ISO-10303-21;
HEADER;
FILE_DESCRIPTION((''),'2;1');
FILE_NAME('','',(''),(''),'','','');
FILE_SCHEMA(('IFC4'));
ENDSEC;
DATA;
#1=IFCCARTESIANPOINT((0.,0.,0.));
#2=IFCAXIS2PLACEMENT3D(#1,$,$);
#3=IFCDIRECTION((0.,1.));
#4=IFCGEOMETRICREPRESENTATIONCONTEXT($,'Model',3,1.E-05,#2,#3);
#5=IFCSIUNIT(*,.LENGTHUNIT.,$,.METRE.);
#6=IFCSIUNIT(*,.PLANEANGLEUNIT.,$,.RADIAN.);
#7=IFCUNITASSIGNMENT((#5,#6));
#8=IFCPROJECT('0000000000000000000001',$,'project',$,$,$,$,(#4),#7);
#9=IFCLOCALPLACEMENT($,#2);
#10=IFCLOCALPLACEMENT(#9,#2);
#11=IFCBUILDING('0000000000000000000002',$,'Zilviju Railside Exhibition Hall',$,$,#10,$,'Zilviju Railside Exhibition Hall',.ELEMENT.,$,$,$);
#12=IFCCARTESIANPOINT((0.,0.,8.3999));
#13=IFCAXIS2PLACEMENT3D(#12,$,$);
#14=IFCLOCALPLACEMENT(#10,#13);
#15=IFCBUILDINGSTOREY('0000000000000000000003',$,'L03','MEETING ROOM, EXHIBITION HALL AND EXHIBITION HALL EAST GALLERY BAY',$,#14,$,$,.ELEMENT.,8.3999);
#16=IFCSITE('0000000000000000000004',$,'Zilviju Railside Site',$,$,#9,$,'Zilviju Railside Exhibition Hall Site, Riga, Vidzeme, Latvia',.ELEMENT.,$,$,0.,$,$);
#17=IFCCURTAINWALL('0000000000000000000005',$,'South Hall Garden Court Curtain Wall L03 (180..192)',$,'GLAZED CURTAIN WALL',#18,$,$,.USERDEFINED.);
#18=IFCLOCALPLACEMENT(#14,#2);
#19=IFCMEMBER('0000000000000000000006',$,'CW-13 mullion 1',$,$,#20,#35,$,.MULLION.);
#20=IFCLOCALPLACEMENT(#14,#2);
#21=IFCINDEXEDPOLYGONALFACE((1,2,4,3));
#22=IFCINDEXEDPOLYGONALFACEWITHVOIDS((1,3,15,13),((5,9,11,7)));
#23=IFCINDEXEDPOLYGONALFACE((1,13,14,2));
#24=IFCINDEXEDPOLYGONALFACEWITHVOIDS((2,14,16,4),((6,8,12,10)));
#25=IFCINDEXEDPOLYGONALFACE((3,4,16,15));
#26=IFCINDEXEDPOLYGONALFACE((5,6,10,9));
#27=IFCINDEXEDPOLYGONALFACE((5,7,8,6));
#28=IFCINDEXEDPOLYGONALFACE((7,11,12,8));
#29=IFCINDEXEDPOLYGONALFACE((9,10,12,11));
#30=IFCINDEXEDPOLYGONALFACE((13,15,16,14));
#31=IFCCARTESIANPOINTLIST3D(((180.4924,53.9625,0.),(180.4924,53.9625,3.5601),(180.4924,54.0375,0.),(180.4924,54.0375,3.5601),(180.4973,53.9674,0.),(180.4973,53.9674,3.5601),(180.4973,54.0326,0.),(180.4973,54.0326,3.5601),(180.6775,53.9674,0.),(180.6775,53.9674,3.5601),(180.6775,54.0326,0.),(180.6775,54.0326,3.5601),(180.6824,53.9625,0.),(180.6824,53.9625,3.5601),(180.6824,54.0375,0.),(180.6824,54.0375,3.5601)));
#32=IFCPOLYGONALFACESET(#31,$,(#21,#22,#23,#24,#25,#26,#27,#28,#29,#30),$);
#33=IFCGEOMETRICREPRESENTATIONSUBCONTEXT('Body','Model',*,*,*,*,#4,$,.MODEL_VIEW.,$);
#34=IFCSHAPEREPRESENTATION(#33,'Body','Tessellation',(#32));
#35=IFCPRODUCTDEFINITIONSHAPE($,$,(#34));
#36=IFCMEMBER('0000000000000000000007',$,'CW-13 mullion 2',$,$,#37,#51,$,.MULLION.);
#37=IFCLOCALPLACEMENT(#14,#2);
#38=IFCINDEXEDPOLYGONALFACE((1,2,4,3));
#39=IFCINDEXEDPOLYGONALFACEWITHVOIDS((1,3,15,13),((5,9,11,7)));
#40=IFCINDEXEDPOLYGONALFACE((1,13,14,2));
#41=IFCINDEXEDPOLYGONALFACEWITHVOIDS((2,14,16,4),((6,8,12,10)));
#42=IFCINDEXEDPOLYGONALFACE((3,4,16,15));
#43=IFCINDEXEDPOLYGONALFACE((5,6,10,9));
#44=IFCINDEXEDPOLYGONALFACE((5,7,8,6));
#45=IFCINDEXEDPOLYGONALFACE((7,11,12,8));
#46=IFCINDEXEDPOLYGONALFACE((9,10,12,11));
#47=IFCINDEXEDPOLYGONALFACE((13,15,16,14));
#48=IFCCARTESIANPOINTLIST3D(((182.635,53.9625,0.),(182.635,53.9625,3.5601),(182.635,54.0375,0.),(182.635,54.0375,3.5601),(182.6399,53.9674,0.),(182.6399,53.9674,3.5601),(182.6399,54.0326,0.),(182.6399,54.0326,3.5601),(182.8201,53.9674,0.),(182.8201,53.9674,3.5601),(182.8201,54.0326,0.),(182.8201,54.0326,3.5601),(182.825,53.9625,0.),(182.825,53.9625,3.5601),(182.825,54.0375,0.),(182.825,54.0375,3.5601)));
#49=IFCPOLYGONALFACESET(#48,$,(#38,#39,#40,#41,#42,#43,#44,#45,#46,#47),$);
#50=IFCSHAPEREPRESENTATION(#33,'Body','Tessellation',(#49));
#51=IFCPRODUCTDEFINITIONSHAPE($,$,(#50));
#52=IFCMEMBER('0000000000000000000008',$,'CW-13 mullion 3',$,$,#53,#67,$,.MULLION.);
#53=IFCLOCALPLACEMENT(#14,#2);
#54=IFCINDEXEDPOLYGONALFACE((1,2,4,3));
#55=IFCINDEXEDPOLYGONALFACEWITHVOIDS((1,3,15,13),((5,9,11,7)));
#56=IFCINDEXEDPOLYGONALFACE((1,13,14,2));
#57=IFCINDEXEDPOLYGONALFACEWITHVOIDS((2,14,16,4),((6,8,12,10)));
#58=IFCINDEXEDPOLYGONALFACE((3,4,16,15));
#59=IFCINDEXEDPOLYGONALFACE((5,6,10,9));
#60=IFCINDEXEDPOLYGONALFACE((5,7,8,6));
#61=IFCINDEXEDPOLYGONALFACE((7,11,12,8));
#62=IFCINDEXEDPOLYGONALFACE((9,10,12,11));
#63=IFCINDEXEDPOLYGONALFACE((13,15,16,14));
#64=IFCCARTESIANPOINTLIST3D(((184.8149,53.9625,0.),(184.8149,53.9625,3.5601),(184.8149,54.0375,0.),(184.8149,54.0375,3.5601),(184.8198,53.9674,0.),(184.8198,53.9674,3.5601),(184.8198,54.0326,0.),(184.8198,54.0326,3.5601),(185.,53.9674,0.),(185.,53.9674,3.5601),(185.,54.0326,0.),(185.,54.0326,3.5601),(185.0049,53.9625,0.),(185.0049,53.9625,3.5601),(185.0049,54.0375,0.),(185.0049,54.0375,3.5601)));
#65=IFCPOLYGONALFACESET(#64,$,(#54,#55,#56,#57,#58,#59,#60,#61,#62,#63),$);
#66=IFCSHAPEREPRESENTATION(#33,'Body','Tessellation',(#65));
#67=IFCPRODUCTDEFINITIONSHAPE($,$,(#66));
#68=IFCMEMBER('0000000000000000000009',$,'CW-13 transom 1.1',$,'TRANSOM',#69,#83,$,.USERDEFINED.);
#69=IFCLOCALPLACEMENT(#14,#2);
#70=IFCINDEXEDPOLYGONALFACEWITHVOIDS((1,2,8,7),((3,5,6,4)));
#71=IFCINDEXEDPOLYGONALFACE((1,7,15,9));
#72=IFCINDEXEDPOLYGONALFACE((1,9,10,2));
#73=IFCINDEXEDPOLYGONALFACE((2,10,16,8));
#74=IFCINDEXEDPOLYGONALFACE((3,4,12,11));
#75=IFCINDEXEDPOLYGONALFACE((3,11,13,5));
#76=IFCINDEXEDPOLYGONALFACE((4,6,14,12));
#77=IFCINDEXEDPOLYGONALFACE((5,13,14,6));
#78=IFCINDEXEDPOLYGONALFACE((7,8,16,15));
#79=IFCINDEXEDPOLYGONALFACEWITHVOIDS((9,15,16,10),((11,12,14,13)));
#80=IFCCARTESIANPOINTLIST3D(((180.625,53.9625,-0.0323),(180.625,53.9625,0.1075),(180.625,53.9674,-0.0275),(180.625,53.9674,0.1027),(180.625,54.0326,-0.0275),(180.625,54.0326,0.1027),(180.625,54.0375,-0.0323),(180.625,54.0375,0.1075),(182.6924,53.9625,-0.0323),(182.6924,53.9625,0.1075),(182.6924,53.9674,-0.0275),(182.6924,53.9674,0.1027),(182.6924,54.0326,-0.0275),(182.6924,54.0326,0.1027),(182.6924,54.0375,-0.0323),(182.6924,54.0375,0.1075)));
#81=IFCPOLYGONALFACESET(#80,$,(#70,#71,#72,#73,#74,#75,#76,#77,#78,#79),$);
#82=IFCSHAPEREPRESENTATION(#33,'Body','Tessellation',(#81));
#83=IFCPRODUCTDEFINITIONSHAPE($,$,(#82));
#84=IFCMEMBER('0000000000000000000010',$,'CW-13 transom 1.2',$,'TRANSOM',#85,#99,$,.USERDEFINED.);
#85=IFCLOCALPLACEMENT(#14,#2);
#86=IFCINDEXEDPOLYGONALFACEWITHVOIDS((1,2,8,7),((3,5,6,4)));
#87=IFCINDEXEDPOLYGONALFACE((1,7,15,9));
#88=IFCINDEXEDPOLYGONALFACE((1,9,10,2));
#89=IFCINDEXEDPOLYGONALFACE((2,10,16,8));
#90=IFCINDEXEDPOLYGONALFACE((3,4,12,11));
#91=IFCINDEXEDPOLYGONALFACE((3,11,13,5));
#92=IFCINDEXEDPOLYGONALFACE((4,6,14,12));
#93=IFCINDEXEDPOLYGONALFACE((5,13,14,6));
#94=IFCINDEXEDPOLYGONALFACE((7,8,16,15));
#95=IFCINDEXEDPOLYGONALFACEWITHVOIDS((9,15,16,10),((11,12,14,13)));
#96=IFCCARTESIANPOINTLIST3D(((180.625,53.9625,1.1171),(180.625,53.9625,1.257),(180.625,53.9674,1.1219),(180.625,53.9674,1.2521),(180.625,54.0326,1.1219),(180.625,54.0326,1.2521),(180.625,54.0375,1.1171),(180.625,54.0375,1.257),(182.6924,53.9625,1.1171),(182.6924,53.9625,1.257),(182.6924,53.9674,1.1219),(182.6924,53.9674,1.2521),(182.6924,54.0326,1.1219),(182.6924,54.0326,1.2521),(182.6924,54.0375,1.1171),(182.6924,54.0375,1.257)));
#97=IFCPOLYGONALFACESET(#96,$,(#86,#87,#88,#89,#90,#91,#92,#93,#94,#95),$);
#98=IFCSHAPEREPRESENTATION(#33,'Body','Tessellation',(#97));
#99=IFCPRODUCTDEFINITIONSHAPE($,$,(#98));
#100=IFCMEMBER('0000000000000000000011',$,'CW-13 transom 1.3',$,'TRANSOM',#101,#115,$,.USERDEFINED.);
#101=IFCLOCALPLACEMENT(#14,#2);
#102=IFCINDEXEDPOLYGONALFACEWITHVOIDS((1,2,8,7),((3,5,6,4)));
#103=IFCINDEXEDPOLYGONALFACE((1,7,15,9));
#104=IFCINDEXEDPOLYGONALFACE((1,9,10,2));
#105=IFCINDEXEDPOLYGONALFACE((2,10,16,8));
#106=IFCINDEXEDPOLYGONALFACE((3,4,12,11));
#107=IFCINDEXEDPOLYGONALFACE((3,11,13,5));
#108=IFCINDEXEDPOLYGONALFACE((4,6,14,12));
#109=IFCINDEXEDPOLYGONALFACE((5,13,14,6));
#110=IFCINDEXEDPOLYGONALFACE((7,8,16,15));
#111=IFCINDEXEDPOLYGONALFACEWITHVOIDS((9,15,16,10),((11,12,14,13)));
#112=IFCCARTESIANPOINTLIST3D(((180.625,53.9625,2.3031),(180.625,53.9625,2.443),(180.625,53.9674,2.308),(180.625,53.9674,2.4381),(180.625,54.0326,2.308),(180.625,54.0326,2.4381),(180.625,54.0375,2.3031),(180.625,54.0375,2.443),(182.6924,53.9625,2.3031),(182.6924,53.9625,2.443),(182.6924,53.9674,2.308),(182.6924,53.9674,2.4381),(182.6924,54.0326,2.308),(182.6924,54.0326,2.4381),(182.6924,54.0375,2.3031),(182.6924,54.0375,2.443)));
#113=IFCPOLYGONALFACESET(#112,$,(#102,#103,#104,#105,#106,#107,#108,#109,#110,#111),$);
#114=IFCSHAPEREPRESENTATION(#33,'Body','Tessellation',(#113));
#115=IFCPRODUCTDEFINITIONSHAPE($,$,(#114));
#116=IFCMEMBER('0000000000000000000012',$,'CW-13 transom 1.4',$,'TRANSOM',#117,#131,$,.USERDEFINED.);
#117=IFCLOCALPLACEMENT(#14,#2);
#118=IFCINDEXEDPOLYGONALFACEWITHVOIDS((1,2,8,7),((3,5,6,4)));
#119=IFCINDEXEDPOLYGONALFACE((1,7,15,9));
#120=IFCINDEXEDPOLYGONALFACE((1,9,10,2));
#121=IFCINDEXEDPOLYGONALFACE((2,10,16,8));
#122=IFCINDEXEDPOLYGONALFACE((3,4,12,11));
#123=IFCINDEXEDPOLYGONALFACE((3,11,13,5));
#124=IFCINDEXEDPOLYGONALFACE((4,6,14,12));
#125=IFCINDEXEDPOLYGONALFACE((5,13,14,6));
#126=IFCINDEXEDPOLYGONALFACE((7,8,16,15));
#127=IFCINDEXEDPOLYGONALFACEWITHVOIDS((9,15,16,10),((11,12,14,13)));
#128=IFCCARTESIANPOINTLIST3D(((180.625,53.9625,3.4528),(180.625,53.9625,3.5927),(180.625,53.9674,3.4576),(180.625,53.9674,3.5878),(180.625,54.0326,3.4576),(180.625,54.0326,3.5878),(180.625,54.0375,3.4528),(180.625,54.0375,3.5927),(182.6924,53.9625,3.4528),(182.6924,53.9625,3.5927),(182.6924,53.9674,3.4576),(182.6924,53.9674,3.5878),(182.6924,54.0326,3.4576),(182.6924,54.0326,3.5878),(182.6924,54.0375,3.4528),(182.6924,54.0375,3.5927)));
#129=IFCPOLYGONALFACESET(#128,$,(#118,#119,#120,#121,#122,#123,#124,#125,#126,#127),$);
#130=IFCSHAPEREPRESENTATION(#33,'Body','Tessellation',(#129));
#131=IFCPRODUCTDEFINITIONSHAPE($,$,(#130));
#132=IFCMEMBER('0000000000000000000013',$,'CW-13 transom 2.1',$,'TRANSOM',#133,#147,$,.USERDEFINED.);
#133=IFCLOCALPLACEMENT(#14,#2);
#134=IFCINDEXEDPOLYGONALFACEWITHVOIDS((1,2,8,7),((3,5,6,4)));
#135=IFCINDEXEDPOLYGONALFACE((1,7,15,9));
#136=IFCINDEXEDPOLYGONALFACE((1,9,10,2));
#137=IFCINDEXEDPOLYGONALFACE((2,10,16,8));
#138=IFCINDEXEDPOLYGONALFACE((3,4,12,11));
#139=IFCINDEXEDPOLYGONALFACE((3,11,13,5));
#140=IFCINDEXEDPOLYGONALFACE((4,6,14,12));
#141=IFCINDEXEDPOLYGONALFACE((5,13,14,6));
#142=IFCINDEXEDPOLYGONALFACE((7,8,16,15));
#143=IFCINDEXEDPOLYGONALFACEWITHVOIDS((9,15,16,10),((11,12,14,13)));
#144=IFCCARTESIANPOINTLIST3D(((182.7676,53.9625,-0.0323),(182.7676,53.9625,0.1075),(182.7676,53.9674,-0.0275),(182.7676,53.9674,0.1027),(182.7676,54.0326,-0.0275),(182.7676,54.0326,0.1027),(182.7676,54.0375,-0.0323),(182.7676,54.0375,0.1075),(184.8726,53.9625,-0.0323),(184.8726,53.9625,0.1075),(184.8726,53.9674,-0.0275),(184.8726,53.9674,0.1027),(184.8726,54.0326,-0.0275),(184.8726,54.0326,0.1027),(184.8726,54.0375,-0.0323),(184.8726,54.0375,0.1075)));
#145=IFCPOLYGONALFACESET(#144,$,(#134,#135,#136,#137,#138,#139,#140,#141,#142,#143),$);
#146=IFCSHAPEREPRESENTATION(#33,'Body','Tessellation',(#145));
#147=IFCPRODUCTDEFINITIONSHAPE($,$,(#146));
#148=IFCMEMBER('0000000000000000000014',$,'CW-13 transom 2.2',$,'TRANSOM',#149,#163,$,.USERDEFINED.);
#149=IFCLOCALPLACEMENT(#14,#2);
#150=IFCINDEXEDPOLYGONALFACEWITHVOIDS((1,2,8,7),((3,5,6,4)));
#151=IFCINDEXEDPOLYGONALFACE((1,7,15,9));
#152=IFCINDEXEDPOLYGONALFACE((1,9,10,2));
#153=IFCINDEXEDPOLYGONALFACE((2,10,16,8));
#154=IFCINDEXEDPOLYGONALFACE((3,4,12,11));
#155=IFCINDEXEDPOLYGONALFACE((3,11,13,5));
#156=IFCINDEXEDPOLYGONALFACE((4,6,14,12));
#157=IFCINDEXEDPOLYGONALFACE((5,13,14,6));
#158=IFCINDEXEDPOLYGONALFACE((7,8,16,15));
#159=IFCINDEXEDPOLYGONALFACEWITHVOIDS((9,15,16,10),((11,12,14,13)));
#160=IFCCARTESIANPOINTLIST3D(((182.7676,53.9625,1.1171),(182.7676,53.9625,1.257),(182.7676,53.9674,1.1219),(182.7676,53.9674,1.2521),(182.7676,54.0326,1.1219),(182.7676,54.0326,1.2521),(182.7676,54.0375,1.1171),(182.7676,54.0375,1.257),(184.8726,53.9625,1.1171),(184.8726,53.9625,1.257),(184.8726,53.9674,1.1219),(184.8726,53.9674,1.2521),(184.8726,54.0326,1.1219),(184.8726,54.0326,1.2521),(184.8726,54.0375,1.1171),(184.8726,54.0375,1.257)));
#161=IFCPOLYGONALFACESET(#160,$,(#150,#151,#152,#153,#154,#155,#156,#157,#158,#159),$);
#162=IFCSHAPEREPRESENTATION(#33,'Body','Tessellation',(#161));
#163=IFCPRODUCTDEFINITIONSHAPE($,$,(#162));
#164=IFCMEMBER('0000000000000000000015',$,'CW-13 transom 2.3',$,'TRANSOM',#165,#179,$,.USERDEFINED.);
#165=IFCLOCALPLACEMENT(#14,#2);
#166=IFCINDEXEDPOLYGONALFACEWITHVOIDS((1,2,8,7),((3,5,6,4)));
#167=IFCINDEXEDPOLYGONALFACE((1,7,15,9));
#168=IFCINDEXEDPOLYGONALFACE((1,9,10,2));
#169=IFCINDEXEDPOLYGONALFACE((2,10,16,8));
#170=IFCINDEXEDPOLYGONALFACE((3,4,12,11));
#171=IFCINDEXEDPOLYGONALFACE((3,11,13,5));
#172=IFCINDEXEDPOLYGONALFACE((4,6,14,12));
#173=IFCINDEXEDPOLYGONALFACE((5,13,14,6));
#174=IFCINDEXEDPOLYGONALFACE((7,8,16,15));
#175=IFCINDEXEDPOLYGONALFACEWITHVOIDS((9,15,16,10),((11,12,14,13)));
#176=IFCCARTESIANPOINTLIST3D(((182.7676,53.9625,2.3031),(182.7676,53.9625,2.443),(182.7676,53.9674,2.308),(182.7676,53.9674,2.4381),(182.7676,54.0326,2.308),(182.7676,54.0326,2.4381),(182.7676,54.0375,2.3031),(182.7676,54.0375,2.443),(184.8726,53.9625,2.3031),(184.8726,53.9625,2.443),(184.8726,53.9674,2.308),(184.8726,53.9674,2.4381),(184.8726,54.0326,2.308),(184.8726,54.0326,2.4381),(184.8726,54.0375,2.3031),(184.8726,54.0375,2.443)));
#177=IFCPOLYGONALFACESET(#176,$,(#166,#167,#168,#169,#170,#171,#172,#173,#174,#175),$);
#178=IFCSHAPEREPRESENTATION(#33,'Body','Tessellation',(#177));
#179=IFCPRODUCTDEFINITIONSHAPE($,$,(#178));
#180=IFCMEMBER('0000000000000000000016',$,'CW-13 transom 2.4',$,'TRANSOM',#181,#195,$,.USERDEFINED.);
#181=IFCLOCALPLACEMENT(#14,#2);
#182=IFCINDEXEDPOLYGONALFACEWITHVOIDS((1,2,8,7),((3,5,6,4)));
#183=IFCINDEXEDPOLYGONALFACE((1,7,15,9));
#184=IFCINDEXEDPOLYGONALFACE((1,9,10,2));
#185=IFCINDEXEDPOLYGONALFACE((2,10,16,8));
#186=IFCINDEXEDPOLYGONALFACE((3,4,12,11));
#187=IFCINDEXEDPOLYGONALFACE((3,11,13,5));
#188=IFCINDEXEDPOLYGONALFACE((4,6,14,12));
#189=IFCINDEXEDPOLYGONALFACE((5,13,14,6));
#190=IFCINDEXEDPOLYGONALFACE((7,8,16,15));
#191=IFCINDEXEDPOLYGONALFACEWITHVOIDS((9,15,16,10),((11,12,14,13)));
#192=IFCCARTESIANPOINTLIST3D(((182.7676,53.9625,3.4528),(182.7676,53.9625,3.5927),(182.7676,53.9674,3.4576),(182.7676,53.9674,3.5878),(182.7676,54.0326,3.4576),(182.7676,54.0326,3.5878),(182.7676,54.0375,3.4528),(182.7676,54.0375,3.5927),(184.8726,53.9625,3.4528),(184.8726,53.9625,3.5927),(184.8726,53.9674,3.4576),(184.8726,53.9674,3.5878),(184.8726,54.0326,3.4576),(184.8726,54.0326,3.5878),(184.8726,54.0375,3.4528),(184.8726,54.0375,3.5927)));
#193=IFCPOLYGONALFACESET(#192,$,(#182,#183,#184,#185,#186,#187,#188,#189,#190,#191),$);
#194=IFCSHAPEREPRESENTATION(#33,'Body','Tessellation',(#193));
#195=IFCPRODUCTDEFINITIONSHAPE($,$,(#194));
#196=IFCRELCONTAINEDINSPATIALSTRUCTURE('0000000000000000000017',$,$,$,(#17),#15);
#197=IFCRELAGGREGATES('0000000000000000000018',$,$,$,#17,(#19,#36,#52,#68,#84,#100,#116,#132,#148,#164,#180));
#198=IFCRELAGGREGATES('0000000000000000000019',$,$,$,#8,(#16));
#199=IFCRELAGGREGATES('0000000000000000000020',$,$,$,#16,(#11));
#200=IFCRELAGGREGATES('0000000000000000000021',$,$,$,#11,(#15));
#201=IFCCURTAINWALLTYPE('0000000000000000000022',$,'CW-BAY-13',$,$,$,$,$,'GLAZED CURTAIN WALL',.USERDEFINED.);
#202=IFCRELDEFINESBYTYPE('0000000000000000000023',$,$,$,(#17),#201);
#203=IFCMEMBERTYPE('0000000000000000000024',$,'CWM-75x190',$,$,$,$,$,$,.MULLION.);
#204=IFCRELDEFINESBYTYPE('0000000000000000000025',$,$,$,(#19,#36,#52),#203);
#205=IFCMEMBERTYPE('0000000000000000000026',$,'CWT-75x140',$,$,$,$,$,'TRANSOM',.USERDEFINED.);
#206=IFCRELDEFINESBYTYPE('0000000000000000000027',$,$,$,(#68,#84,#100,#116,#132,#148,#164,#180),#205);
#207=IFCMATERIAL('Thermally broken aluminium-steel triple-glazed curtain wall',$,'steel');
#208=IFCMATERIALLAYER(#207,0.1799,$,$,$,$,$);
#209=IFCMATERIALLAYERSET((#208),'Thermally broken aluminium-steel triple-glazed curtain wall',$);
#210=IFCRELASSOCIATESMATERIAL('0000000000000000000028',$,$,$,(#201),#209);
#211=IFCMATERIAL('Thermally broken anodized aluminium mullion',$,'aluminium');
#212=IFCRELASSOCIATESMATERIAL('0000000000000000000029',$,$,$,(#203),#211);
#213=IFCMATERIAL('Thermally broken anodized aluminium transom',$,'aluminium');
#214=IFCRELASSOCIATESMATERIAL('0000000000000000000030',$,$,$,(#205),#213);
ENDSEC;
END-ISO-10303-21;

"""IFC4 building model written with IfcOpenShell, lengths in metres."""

from ifc_helpers import new_model, si_unit, direction, frame, origin, origin_2d, place, context, subcontext, project, spatial, hollow_rectangle, extrude, material, layer, layer_set, material_profile, profile_set, type_object, element, aggregate, save


model = new_model("IFC4")

# Units and contexts
model_context = context("Model", 3, precision=1e-05, world=origin(), true_north=direction((0.0, 1.0)))
body_context = subcontext(model_context, "Body", "Model", "MODEL_VIEW")
ifc_project = project(units=[si_unit("LENGTHUNIT", "METRE"), si_unit("PLANEANGLEUNIT", "RADIAN")], contexts=[model_context])

# Site, building, storey
site_placement = place(None, origin())
site = spatial("IfcSite", under=ifc_project, at=site_placement, Name="Zilviju Railside Site", LongName="Zilviju Railside Exhibition Hall Site, Riga, Vidzeme, Latvia", CompositionType="ELEMENT", RefElevation=0.0)
building_placement = place(site_placement, origin())
building = spatial("IfcBuilding", under=site, at=building_placement, Name="Zilviju Railside Exhibition Hall", LongName="Zilviju Railside Exhibition Hall", CompositionType="ELEMENT")
storey_placement = place(building_placement, frame((0.0, 0.0, 8.3999)))
storey = spatial("IfcBuildingStorey", under=building, at=storey_placement, Name="L03", Description="MEETING ROOM, EXHIBITION HALL AND EXHIBITION HALL EAST GALLERY BAY", CompositionType="ELEMENT", Elevation=8.3999)

# Curtain wall, members
ifc_material_1 = material(Name="Thermally broken aluminium-steel triple-glazed curtain wall", Category="steel")
ifc_layer_1 = layer(ifc_material_1, 0.1799)
ifc_layer_set_1 = layer_set([ifc_layer_1], Name="Thermally broken aluminium-steel triple-glazed curtain wall")
curtain_wall_type = type_object("IfcCurtainWallType", Name="CW-BAY-13", ElementType="GLAZED CURTAIN WALL", PredefinedType="USERDEFINED", material=ifc_layer_set_1)
curtain_wall_placement = place(storey_placement, origin())
curtain_wall = element("IfcCurtainWall", 1, at=curtain_wall_placement, inside=storey, type_object=curtain_wall_type, Name="South Hall Garden Court Curtain Wall L03 (180..192)", ObjectType="GLAZED CURTAIN WALL", PredefinedType="USERDEFINED")
ifc_material_2 = material(Name="Thermally broken anodized aluminium mullion", Category="aluminium")
ifc_material_profile_1 = material_profile(ifc_material_2, hollow_rectangle(XDim=0.075, YDim=0.1899, WallThickness=0.0049, at=origin_2d()), Name="MULLION 190x75x5")
ifc_profile_set_1 = profile_set([ifc_material_profile_1], Name="Thermally broken anodized aluminium mullion")
member_type_1 = type_object("IfcMemberType", Name="CWM-75x190", PredefinedType="MULLION", material=ifc_profile_set_1)
member_1_placement = place(storey_placement, frame((180.5874, 54.0, 0.0), z_axis=(0.0, 0.0, 1.0), x_axis=(0.0, 1.0, 0.0)))
member_1 = element("IfcMember", 2, at=member_1_placement, type_object=member_type_1, Name="CW-13 mullion 1", PredefinedType="MULLION", context=body_context, shape_type="SweptSolid", body=[
    extrude(hollow_rectangle(XDim=0.075, YDim=0.1899, WallThickness=0.0049, at=origin_2d()), origin(), (0.0, 0.0, 1.0), 3.5601),
])
member_2_placement = place(storey_placement, frame((182.73, 54.0, 0.0), z_axis=(0.0, 0.0, 1.0), x_axis=(0.0, 1.0, 0.0)))
member_2 = element("IfcMember", 3, at=member_2_placement, type_object=member_type_1, Name="CW-13 mullion 2", PredefinedType="MULLION", context=body_context, shape_type="SweptSolid", body=[
    extrude(hollow_rectangle(XDim=0.075, YDim=0.1899, WallThickness=0.0049, at=origin_2d()), origin(), (0.0, 0.0, 1.0), 3.5601),
])
member_3_placement = place(storey_placement, frame((184.9099, 54.0, 0.0), z_axis=(0.0, 0.0, 1.0), x_axis=(0.0, 1.0, 0.0)))
member_3 = element("IfcMember", 4, at=member_3_placement, type_object=member_type_1, Name="CW-13 mullion 3", PredefinedType="MULLION", context=body_context, shape_type="SweptSolid", body=[
    extrude(hollow_rectangle(XDim=0.075, YDim=0.1899, WallThickness=0.0049, at=origin_2d()), origin(), (0.0, 0.0, 1.0), 3.5601),
])
ifc_material_3 = material(Name="Thermally broken anodized aluminium transom", Category="aluminium")
ifc_material_profile_2 = material_profile(ifc_material_3, hollow_rectangle(XDim=0.075, YDim=0.1399, WallThickness=0.0049, at=origin_2d()), Name="TRANSOM 140x75x5")
ifc_profile_set_2 = profile_set([ifc_material_profile_2], Name="Thermally broken anodized aluminium transom")
member_type_2 = type_object("IfcMemberType", Name="CWT-75x140", ElementType="TRANSOM", PredefinedType="USERDEFINED", material=ifc_profile_set_2)
member_4_placement = place(storey_placement, frame((180.625, 54.0, 0.0376), z_axis=(1.0, 0.0, 0.0), x_axis=(0.0, 1.0, 0.0)))
member_4 = element("IfcMember", 5, at=member_4_placement, type_object=member_type_2, Name="CW-13 transom 1.1", ObjectType="TRANSOM", PredefinedType="USERDEFINED", context=body_context, shape_type="SweptSolid", body=[
    extrude(hollow_rectangle(XDim=0.075, YDim=0.1399, WallThickness=0.0049, at=origin_2d()), origin(), (0.0, 0.0, 1.0), 2.0674),
])
member_5_placement = place(storey_placement, frame((180.625, 54.0, 1.187), z_axis=(1.0, 0.0, 0.0), x_axis=(0.0, 1.0, 0.0)))
member_5 = element("IfcMember", 6, at=member_5_placement, type_object=member_type_2, Name="CW-13 transom 1.2", ObjectType="TRANSOM", PredefinedType="USERDEFINED", context=body_context, shape_type="SweptSolid", body=[
    extrude(hollow_rectangle(XDim=0.075, YDim=0.1399, WallThickness=0.0049, at=origin_2d()), origin(), (0.0, 0.0, 1.0), 2.0674),
])
member_6_placement = place(storey_placement, frame((180.625, 54.0, 2.373), z_axis=(1.0, 0.0, 0.0), x_axis=(0.0, 1.0, 0.0)))
member_6 = element("IfcMember", 7, at=member_6_placement, type_object=member_type_2, Name="CW-13 transom 1.3", ObjectType="TRANSOM", PredefinedType="USERDEFINED", context=body_context, shape_type="SweptSolid", body=[
    extrude(hollow_rectangle(XDim=0.075, YDim=0.1399, WallThickness=0.0049, at=origin_2d()), origin(), (0.0, 0.0, 1.0), 2.0674),
])
member_7_placement = place(storey_placement, frame((180.625, 54.0, 3.5227), z_axis=(1.0, 0.0, 0.0), x_axis=(0.0, 1.0, 0.0)))
member_7 = element("IfcMember", 8, at=member_7_placement, type_object=member_type_2, Name="CW-13 transom 1.4", ObjectType="TRANSOM", PredefinedType="USERDEFINED", context=body_context, shape_type="SweptSolid", body=[
    extrude(hollow_rectangle(XDim=0.075, YDim=0.1399, WallThickness=0.0049, at=origin_2d()), origin(), (0.0, 0.0, 1.0), 2.0674),
])
member_8_placement = place(storey_placement, frame((182.7676, 54.0, 0.0376), z_axis=(1.0, 0.0, 0.0), x_axis=(0.0, 1.0, 0.0)))
member_8 = element("IfcMember", 9, at=member_8_placement, type_object=member_type_2, Name="CW-13 transom 2.1", ObjectType="TRANSOM", PredefinedType="USERDEFINED", context=body_context, shape_type="SweptSolid", body=[
    extrude(hollow_rectangle(XDim=0.075, YDim=0.1399, WallThickness=0.0049, at=origin_2d()), origin(), (0.0, 0.0, 1.0), 2.105),
])
member_9_placement = place(storey_placement, frame((182.7676, 54.0, 1.187), z_axis=(1.0, 0.0, 0.0), x_axis=(0.0, 1.0, 0.0)))
member_9 = element("IfcMember", 10, at=member_9_placement, type_object=member_type_2, Name="CW-13 transom 2.2", ObjectType="TRANSOM", PredefinedType="USERDEFINED", context=body_context, shape_type="SweptSolid", body=[
    extrude(hollow_rectangle(XDim=0.075, YDim=0.1399, WallThickness=0.0049, at=origin_2d()), origin(), (0.0, 0.0, 1.0), 2.105),
])
member_10_placement = place(storey_placement, frame((182.7676, 54.0, 2.373), z_axis=(1.0, 0.0, 0.0), x_axis=(0.0, 1.0, 0.0)))
member_10 = element("IfcMember", 11, at=member_10_placement, type_object=member_type_2, Name="CW-13 transom 2.3", ObjectType="TRANSOM", PredefinedType="USERDEFINED", context=body_context, shape_type="SweptSolid", body=[
    extrude(hollow_rectangle(XDim=0.075, YDim=0.1399, WallThickness=0.0049, at=origin_2d()), origin(), (0.0, 0.0, 1.0), 2.105),
])
member_11_placement = place(storey_placement, frame((182.7676, 54.0, 3.5227), z_axis=(1.0, 0.0, 0.0), x_axis=(0.0, 1.0, 0.0)))
member_11 = element("IfcMember", 12, at=member_11_placement, type_object=member_type_2, Name="CW-13 transom 2.4", ObjectType="TRANSOM", PredefinedType="USERDEFINED", context=body_context, shape_type="SweptSolid", body=[
    extrude(hollow_rectangle(XDim=0.075, YDim=0.1399, WallThickness=0.0049, at=origin_2d()), origin(), (0.0, 0.0, 1.0), 2.105),
])
aggregate(curtain_wall, [member_1, member_2, member_3, member_4, member_5, member_6, member_7, member_8, member_9, member_10, member_11])

save(model, "model.ifc")
